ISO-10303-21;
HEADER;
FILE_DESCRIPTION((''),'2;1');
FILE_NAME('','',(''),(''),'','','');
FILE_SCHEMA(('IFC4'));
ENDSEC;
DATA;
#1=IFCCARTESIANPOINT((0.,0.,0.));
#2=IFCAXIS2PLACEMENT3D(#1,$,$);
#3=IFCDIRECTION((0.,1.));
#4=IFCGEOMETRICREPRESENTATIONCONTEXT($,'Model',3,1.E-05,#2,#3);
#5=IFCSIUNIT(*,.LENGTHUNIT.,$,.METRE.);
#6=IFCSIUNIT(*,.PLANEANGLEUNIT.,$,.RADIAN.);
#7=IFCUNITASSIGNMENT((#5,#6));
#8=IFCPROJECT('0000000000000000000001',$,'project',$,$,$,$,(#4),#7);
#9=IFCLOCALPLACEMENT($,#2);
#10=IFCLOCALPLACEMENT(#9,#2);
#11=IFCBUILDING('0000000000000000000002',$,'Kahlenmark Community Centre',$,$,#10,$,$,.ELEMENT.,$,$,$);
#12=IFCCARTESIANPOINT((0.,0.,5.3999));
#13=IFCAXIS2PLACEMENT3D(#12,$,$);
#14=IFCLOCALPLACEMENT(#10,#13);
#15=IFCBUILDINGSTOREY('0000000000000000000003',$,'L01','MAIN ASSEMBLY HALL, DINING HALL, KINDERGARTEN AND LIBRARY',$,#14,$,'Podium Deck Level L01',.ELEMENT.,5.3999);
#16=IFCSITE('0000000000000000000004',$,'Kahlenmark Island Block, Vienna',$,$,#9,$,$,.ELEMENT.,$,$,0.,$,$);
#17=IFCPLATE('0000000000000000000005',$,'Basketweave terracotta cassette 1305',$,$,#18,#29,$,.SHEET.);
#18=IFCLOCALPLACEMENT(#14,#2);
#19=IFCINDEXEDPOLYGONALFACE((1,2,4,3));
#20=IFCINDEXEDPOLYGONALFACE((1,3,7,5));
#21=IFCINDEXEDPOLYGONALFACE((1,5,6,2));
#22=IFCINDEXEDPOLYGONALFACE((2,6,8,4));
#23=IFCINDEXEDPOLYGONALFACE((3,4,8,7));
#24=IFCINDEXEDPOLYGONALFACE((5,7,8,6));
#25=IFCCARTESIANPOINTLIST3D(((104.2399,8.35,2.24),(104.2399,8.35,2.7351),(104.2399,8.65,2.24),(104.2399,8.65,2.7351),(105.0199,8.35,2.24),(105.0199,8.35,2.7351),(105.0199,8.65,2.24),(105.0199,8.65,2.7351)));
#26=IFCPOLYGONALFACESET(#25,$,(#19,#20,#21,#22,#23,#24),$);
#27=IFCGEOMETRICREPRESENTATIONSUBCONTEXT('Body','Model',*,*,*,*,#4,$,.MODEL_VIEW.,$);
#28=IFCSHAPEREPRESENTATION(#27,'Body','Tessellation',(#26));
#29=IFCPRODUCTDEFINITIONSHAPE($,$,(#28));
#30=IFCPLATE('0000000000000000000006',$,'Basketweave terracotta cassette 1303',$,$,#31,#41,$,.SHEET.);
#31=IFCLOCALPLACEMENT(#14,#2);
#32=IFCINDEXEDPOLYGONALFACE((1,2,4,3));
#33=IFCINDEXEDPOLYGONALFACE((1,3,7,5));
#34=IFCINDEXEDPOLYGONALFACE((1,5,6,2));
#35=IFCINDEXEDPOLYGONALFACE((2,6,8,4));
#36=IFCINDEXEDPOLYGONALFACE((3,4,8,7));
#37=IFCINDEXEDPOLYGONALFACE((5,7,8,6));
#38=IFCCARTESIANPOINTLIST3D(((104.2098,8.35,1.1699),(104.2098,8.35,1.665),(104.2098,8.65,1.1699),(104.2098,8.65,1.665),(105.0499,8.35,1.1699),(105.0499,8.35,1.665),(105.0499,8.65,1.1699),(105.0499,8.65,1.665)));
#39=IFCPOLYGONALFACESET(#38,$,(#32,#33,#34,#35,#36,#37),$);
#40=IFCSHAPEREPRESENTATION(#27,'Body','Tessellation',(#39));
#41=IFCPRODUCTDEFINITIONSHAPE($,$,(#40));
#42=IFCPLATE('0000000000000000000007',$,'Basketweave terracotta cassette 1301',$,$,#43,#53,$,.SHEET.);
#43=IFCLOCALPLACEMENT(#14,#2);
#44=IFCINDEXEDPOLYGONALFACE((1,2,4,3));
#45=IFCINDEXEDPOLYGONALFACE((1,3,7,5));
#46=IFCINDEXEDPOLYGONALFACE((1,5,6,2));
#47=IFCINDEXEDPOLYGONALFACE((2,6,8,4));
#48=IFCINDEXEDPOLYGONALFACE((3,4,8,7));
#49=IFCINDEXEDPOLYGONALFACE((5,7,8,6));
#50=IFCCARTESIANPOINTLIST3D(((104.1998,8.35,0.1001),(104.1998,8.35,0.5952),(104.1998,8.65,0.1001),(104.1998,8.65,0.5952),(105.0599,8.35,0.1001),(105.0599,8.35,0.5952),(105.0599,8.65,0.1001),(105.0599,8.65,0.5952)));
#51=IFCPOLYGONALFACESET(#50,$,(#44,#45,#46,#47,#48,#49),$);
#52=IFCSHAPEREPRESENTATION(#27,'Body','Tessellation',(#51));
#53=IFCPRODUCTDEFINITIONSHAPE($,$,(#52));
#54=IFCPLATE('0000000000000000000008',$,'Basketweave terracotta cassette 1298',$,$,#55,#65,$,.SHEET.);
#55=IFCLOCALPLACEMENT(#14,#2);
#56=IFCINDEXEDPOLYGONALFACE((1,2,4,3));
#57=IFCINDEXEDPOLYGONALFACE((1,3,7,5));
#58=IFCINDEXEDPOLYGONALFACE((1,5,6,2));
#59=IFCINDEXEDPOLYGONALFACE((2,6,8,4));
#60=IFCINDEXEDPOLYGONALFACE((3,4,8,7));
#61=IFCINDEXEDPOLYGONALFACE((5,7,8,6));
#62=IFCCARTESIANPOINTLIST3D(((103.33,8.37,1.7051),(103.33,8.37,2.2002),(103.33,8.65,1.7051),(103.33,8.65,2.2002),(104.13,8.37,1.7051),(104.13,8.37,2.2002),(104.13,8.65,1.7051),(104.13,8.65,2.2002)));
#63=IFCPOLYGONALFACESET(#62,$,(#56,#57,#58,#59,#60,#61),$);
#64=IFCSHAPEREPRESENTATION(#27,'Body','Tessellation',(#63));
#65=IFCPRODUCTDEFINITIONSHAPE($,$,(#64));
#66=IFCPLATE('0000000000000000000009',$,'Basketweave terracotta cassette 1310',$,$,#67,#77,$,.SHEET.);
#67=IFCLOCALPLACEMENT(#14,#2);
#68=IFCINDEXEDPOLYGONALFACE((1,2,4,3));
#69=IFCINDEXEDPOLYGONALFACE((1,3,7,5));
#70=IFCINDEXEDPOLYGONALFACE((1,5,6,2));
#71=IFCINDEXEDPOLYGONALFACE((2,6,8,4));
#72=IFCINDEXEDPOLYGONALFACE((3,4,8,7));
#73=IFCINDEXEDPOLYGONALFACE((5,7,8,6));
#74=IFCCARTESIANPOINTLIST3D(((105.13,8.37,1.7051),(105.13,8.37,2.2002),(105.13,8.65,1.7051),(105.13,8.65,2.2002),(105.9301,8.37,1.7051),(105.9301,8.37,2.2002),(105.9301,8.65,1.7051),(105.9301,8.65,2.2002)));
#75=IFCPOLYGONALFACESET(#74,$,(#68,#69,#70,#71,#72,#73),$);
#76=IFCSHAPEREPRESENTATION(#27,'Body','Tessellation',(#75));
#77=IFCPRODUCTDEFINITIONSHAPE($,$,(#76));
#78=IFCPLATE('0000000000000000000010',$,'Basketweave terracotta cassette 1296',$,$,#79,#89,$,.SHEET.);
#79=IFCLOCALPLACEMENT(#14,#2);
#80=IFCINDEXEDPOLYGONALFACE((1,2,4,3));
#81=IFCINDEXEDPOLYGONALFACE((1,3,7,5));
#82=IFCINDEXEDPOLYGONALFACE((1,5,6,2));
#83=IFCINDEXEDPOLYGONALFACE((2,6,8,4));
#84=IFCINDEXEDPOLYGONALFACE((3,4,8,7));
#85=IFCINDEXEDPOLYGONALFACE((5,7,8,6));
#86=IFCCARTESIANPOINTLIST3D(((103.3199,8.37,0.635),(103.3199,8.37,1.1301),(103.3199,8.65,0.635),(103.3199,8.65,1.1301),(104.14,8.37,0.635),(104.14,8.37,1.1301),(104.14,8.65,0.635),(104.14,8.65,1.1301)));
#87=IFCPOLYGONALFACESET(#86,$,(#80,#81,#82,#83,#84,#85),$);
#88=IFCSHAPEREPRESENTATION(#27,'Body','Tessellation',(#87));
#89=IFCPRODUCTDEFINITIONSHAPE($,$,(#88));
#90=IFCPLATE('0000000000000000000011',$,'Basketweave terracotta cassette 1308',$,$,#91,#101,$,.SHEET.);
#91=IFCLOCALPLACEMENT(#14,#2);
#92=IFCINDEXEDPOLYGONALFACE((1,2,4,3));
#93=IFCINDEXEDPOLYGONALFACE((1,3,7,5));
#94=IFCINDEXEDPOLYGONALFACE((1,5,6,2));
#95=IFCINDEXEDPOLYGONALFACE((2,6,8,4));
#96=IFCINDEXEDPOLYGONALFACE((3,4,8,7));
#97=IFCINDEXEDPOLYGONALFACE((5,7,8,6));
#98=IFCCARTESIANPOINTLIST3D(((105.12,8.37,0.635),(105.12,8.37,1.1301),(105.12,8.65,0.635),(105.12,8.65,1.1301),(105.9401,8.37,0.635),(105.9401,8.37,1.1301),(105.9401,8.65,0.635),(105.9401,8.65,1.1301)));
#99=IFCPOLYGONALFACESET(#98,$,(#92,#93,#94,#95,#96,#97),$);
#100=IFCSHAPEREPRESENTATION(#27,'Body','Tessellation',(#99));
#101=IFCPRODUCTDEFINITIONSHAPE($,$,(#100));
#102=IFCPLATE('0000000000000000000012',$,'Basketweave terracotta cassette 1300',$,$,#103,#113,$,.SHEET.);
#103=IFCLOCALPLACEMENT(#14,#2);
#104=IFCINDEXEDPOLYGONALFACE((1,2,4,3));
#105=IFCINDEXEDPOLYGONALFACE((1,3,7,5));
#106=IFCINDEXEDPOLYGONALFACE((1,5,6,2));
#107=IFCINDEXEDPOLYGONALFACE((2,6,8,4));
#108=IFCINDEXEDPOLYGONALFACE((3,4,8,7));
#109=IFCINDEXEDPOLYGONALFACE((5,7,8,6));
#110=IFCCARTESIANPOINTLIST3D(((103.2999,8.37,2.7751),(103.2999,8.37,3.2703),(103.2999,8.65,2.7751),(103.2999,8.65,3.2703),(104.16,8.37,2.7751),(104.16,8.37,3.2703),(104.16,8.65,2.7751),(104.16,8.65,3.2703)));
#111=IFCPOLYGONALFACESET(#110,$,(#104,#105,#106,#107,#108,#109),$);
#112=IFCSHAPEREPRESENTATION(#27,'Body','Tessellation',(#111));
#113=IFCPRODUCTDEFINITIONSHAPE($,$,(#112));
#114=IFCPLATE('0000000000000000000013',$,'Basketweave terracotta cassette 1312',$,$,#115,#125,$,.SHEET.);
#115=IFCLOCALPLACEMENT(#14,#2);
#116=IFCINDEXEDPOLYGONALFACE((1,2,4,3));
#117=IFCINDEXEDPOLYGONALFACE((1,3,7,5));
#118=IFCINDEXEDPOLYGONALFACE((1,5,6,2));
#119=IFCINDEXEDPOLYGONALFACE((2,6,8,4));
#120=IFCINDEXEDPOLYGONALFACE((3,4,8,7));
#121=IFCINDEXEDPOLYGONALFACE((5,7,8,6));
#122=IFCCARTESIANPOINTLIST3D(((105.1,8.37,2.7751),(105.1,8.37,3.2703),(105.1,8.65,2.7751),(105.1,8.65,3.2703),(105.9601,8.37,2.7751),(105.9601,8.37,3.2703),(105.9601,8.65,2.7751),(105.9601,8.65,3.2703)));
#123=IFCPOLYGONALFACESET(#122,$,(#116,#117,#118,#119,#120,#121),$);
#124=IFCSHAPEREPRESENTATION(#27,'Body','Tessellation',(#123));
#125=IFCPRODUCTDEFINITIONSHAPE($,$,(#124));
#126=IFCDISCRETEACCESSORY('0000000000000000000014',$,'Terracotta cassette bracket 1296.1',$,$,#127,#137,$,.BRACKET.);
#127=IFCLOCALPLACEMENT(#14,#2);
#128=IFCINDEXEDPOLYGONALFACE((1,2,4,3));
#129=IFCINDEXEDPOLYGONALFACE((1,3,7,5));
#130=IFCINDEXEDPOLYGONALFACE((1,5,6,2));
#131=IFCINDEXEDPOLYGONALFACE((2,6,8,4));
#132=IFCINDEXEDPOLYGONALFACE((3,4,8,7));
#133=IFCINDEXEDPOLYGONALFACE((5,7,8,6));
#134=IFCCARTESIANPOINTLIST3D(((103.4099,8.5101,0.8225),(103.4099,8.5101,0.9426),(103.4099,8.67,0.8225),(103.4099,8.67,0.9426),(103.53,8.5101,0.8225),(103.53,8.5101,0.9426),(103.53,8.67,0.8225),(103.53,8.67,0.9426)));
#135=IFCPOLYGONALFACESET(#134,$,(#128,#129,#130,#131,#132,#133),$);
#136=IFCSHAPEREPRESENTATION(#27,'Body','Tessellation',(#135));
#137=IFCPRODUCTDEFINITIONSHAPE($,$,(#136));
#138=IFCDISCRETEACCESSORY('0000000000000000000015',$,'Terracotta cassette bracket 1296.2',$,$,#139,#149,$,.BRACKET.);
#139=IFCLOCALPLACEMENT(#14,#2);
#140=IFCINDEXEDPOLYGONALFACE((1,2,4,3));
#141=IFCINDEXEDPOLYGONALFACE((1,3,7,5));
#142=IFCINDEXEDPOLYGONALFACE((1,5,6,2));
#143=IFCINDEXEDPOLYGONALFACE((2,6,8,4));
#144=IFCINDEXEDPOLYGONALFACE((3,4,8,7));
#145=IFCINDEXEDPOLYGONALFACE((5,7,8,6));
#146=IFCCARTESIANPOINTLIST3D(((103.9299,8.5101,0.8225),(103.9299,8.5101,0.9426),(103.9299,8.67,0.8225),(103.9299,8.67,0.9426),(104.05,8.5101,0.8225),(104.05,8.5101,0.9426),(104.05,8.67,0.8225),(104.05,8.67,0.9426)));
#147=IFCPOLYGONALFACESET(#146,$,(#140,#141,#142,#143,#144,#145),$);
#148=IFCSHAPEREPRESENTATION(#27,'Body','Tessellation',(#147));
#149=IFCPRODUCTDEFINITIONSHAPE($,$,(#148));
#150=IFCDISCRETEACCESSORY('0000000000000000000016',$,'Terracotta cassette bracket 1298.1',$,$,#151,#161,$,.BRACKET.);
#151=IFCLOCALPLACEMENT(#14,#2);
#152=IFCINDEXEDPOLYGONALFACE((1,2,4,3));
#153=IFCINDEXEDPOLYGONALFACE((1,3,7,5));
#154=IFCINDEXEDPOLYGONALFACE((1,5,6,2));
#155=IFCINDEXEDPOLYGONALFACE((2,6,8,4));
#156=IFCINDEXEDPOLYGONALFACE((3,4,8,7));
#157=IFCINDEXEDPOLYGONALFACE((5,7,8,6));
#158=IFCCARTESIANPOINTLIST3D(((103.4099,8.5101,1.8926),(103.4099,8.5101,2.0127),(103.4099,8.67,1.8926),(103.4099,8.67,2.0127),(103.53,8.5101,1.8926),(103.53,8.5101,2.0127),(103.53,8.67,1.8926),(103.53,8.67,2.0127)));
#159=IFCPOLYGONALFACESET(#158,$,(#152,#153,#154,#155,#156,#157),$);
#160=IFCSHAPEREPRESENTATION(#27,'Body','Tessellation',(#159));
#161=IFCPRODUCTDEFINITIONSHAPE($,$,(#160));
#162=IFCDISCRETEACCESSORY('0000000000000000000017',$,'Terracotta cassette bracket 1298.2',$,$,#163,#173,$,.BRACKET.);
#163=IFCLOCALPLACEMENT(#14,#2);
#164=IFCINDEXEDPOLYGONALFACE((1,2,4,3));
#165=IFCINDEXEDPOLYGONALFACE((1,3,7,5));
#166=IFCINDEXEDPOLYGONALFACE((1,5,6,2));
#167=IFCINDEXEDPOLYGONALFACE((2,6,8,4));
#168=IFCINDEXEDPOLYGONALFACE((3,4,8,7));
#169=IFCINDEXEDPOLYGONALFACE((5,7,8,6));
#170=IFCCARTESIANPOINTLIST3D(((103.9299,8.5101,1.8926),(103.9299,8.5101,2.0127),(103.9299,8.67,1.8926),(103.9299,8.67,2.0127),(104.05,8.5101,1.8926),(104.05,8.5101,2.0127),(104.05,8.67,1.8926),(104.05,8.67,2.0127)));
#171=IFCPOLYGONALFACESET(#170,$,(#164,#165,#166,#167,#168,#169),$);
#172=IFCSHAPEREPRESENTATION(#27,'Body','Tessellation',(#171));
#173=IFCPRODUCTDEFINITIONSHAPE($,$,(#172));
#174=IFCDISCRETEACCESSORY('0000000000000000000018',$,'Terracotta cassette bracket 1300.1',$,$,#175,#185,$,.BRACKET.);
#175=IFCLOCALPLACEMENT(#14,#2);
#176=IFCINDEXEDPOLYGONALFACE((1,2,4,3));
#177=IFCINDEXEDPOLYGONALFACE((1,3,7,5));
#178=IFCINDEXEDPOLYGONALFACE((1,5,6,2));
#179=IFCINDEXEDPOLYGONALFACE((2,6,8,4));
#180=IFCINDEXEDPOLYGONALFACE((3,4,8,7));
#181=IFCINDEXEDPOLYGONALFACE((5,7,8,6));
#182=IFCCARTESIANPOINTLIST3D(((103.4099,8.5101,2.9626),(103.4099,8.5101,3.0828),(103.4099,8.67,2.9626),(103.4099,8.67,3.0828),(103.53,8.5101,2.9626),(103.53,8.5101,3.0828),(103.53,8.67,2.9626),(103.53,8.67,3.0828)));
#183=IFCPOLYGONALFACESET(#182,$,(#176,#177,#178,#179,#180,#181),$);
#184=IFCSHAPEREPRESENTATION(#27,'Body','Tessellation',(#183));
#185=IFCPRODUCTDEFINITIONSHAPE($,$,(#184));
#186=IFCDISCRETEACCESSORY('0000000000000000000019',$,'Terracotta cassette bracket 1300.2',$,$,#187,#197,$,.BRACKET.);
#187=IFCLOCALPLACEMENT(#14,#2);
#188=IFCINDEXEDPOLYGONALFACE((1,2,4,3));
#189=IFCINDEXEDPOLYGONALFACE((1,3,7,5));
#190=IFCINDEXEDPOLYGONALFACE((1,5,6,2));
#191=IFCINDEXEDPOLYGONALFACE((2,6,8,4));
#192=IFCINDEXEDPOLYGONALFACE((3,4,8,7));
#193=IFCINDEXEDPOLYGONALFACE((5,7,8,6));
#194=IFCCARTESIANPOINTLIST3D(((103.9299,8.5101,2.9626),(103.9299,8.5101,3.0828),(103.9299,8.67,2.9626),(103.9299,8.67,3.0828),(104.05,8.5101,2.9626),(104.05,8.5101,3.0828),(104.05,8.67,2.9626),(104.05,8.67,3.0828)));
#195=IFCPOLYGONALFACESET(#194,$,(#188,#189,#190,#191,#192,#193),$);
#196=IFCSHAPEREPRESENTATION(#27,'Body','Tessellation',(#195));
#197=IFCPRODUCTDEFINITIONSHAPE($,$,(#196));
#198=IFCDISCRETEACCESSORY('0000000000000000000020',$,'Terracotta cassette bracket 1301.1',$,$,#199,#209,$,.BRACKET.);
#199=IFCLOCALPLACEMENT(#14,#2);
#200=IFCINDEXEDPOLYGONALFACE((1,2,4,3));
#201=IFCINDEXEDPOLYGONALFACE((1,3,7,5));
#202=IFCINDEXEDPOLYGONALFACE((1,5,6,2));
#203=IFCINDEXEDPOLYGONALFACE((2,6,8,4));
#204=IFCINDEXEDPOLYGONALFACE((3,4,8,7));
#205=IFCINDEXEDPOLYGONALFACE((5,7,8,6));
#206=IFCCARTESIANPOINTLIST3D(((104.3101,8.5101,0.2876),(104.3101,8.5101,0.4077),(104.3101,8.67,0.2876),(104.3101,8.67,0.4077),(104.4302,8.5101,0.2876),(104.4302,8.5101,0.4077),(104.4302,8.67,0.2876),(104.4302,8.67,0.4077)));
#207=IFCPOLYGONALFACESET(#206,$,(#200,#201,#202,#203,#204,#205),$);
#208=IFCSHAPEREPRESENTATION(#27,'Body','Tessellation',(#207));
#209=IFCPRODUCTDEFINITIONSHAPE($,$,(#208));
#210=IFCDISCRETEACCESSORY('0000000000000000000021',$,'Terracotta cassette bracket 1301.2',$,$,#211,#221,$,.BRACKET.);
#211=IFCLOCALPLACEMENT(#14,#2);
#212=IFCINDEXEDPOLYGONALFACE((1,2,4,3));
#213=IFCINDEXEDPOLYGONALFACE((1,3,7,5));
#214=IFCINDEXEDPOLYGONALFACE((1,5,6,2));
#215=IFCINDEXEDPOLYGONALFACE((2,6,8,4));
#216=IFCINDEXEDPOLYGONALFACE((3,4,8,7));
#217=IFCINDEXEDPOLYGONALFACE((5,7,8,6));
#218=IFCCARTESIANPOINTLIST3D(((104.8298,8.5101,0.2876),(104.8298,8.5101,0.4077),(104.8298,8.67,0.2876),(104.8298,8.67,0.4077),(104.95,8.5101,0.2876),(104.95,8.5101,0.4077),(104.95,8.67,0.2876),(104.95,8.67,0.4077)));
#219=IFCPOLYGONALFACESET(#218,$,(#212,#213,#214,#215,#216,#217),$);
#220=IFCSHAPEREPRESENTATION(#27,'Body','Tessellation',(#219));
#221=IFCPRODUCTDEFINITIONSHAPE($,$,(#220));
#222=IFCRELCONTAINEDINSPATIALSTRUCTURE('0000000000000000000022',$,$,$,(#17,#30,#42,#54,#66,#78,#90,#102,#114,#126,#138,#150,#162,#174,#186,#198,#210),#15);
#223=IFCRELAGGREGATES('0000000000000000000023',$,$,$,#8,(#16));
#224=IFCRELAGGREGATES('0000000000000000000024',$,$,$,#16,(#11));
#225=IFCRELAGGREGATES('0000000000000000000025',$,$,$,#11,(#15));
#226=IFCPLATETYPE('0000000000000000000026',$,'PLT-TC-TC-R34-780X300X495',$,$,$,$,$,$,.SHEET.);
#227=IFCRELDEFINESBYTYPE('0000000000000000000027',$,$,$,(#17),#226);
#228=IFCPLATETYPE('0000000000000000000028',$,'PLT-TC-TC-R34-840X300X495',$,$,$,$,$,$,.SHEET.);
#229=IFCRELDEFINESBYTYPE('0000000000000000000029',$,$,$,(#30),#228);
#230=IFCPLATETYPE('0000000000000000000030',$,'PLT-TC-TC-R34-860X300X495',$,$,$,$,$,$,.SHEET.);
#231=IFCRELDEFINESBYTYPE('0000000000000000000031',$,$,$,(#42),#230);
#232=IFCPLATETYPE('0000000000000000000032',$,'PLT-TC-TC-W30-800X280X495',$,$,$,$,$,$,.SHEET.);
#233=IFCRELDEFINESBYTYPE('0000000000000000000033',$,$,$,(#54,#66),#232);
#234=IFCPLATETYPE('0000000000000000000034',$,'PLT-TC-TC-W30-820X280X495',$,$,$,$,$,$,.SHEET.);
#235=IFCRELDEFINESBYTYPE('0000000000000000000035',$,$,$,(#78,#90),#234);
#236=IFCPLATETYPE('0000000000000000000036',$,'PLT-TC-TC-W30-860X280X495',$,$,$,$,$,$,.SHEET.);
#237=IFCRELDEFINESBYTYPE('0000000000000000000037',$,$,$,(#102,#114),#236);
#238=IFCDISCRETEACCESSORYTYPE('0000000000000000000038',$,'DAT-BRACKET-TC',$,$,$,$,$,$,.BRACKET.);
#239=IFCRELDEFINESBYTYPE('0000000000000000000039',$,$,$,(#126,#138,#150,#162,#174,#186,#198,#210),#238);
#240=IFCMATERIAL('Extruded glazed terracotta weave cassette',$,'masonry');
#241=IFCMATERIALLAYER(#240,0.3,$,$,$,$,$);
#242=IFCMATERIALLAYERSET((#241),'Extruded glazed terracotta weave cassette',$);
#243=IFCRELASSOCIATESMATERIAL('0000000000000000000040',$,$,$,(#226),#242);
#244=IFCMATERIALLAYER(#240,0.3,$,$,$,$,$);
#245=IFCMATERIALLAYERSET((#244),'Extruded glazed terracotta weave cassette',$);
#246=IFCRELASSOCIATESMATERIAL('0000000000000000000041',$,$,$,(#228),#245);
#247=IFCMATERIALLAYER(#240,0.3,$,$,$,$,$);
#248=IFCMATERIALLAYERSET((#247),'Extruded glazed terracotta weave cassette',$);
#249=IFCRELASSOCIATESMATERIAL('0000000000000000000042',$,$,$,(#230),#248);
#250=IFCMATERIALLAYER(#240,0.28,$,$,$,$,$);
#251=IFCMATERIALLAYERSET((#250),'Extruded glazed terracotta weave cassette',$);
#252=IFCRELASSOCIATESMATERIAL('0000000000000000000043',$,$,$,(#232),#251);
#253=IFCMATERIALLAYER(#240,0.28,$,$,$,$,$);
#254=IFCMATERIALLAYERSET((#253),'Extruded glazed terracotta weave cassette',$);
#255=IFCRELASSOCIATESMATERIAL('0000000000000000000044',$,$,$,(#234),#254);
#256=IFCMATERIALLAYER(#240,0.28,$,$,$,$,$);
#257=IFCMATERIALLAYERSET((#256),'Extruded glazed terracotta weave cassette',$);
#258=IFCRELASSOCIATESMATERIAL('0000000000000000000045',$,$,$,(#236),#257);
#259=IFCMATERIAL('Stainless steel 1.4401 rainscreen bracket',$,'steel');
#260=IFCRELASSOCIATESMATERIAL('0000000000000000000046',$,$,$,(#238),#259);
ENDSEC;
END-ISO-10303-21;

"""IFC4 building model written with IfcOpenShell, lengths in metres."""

from ifc_helpers import new_model, si_unit, direction, frame, origin, origin_2d, place, context, subcontext, project, spatial, rectangle, extrude, material, layer, layer_set, type_object, element, save


model = new_model("IFC4")

# Units and contexts
model_context = context("Model", 3, precision=1e-05, world=origin(), true_north=direction((0.0, 1.0)))
body_context = subcontext(model_context, "Body", "Model", "MODEL_VIEW")
ifc_project = project(units=[si_unit("LENGTHUNIT", "METRE"), si_unit("PLANEANGLEUNIT", "RADIAN")], contexts=[model_context])

# Site, building, storey
site_placement = place(None, origin())
site = spatial("IfcSite", under=ifc_project, at=site_placement, Name="Kahlenmark Island Block, Vienna", CompositionType="ELEMENT", RefElevation=0.0)
building_placement = place(site_placement, origin())
building = spatial("IfcBuilding", under=site, at=building_placement, Name="Kahlenmark Community Centre", CompositionType="ELEMENT")
storey_placement = place(building_placement, frame((0.0, 0.0, 5.3999)))
storey = spatial("IfcBuildingStorey", under=building, at=storey_placement, Name="L01", Description="MAIN ASSEMBLY HALL, DINING HALL, KINDERGARTEN AND LIBRARY", LongName="Podium Deck Level L01", CompositionType="ELEMENT", Elevation=5.3999)

# Plates
ifc_material_1 = material(Name="Extruded glazed terracotta weave cassette", Category="masonry")
ifc_layer_1 = layer(ifc_material_1, 0.3)
ifc_layer_set_1 = layer_set([ifc_layer_1], Name="Extruded glazed terracotta weave cassette")
plate_type_1 = type_object("IfcPlateType", Name="PLT-TC-TC-R34-780X300X495", PredefinedType="SHEET", material=ifc_layer_set_1)
plate_1_placement = place(storey_placement, frame((104.6299, 8.5, 2.24), z_axis=(0.0, 0.0, 1.0), x_axis=(1.0, 0.0, 0.0)))
element("IfcPlate", 1, at=plate_1_placement, inside=storey, type_object=plate_type_1, Name="Basketweave terracotta cassette 1305", PredefinedType="SHEET", context=body_context, shape_type="SweptSolid", body=[
    extrude(rectangle(XDim=0.78, YDim=0.3, at=origin_2d()), origin(), (0.0, 0.0, 1.0), 0.4951),
])
ifc_layer_2 = layer(ifc_material_1, 0.3)
ifc_layer_set_2 = layer_set([ifc_layer_2], Name="Extruded glazed terracotta weave cassette")
plate_type_2 = type_object("IfcPlateType", Name="PLT-TC-TC-R34-840X300X495", PredefinedType="SHEET", material=ifc_layer_set_2)
plate_2_placement = place(storey_placement, frame((104.6299, 8.5, 1.1699), z_axis=(0.0, 0.0, 1.0), x_axis=(1.0, 0.0, 0.0)))
element("IfcPlate", 2, at=plate_2_placement, inside=storey, type_object=plate_type_2, Name="Basketweave terracotta cassette 1303", PredefinedType="SHEET", context=body_context, shape_type="SweptSolid", body=[
    extrude(rectangle(XDim=0.8401, YDim=0.3, at=origin_2d()), origin(), (0.0, 0.0, 1.0), 0.4951),
])
ifc_layer_3 = layer(ifc_material_1, 0.3)
ifc_layer_set_3 = layer_set([ifc_layer_3], Name="Extruded glazed terracotta weave cassette")
plate_type_3 = type_object("IfcPlateType", Name="PLT-TC-TC-R34-860X300X495", PredefinedType="SHEET", material=ifc_layer_set_3)
plate_3_placement = place(storey_placement, frame((104.6299, 8.5, 0.1001), z_axis=(0.0, 0.0, 1.0), x_axis=(1.0, 0.0, 0.0)))
element("IfcPlate", 3, at=plate_3_placement, inside=storey, type_object=plate_type_3, Name="Basketweave terracotta cassette 1301", PredefinedType="SHEET", context=body_context, shape_type="SweptSolid", body=[
    extrude(rectangle(XDim=0.8601, YDim=0.3, at=origin_2d()), origin(), (0.0, 0.0, 1.0), 0.4951),
])
ifc_layer_4 = layer(ifc_material_1, 0.28)
ifc_layer_set_4 = layer_set([ifc_layer_4], Name="Extruded glazed terracotta weave cassette")
plate_type_4 = type_object("IfcPlateType", Name="PLT-TC-TC-W30-800X280X495", PredefinedType="SHEET", material=ifc_layer_set_4)
for number, where, z_axis, x_axis, name in (
    (4, (103.73, 8.51, 1.7051), (0.0, 0.0, 1.0), (1.0, 0.0, 0.0), "Basketweave terracotta cassette 1298"),
    (5, (105.53, 8.51, 1.7051), (0.0, 0.0, 1.0), (1.0, 0.0, 0.0), "Basketweave terracotta cassette 1310"),
):
    element("IfcPlate", number, at=place(storey_placement, frame(where, z_axis=z_axis, x_axis=x_axis)), inside=storey, type_object=plate_type_4, Name=name, PredefinedType="SHEET", context=body_context, shape_type="SweptSolid", body=[
        extrude(rectangle(XDim=0.8, YDim=0.28, at=origin_2d()), origin(), (0.0, 0.0, 1.0), 0.4951),
    ])
ifc_layer_5 = layer(ifc_material_1, 0.28)
ifc_layer_set_5 = layer_set([ifc_layer_5], Name="Extruded glazed terracotta weave cassette")
plate_type_5 = type_object("IfcPlateType", Name="PLT-TC-TC-W30-820X280X495", PredefinedType="SHEET", material=ifc_layer_set_5)
for number, where, z_axis, x_axis, name in (
    (6, (103.73, 8.51, 0.635), (0.0, 0.0, 1.0), (1.0, 0.0, 0.0), "Basketweave terracotta cassette 1296"),
    (7, (105.53, 8.51, 0.635), (0.0, 0.0, 1.0), (1.0, 0.0, 0.0), "Basketweave terracotta cassette 1308"),
):
    element("IfcPlate", number, at=place(storey_placement, frame(where, z_axis=z_axis, x_axis=x_axis)), inside=storey, type_object=plate_type_5, Name=name, PredefinedType="SHEET", context=body_context, shape_type="SweptSolid", body=[
        extrude(rectangle(XDim=0.8201, YDim=0.28, at=origin_2d()), origin(), (0.0, 0.0, 1.0), 0.4951),
    ])
ifc_layer_6 = layer(ifc_material_1, 0.28)
ifc_layer_set_6 = layer_set([ifc_layer_6], Name="Extruded glazed terracotta weave cassette")
plate_type_6 = type_object("IfcPlateType", Name="PLT-TC-TC-W30-860X280X495", PredefinedType="SHEET", material=ifc_layer_set_6)
for number, where, z_axis, x_axis, name in (
    (8, (103.73, 8.51, 2.7751), (0.0, 0.0, 1.0), (1.0, 0.0, 0.0), "Basketweave terracotta cassette 1300"),
    (9, (105.53, 8.51, 2.7751), (0.0, 0.0, 1.0), (1.0, 0.0, 0.0), "Basketweave terracotta cassette 1312"),
):
    element("IfcPlate", number, at=place(storey_placement, frame(where, z_axis=z_axis, x_axis=x_axis)), inside=storey, type_object=plate_type_6, Name=name, PredefinedType="SHEET", context=body_context, shape_type="SweptSolid", body=[
        extrude(rectangle(XDim=0.8601, YDim=0.28, at=origin_2d()), origin(), (0.0, 0.0, 1.0), 0.4951),
    ])

# Discrete accessories
ifc_material_2 = material(Name="Stainless steel 1.4401 rainscreen bracket", Category="steel")
discrete_accessory_type = type_object("IfcDiscreteAccessoryType", Name="DAT-BRACKET-TC", PredefinedType="BRACKET", material=ifc_material_2)
for number, where, z_axis, x_axis, name in (
    (10, (103.47, 8.5901, 0.8225), (0.0, 0.0, 1.0), (1.0, 0.0, 0.0), "Terracotta cassette bracket 1296.1"),
    (11, (103.99, 8.5901, 0.8225), (0.0, 0.0, 1.0), (1.0, 0.0, 0.0), "Terracotta cassette bracket 1296.2"),
    (12, (103.47, 8.5901, 1.8926), (0.0, 0.0, 1.0), (1.0, 0.0, 0.0), "Terracotta cassette bracket 1298.1"),
    (13, (103.99, 8.5901, 1.8926), (0.0, 0.0, 1.0), (1.0, 0.0, 0.0), "Terracotta cassette bracket 1298.2"),
    (14, (103.47, 8.5901, 2.9626), (0.0, 0.0, 1.0), (1.0, 0.0, 0.0), "Terracotta cassette bracket 1300.1"),
    (15, (103.99, 8.5901, 2.9626), (0.0, 0.0, 1.0), (1.0, 0.0, 0.0), "Terracotta cassette bracket 1300.2"),
    (16, (104.3701, 8.5901, 0.2876), (0.0, 0.0, 1.0), (1.0, 0.0, 0.0), "Terracotta cassette bracket 1301.1"),
    (17, (104.8899, 8.5901, 0.2876), (0.0, 0.0, 1.0), (1.0, 0.0, 0.0), "Terracotta cassette bracket 1301.2"),
):
    element("IfcDiscreteAccessory", number, at=place(storey_placement, frame(where, z_axis=z_axis, x_axis=x_axis)), inside=storey, type_object=discrete_accessory_type, Name=name, PredefinedType="BRACKET", context=body_context, shape_type="SweptSolid", body=[
        extrude(rectangle(XDim=0.1201, YDim=0.1599, at=origin_2d()), origin(), (0.0, 0.0, 1.0), 0.1201),
    ])

save(model, "model.ifc")
